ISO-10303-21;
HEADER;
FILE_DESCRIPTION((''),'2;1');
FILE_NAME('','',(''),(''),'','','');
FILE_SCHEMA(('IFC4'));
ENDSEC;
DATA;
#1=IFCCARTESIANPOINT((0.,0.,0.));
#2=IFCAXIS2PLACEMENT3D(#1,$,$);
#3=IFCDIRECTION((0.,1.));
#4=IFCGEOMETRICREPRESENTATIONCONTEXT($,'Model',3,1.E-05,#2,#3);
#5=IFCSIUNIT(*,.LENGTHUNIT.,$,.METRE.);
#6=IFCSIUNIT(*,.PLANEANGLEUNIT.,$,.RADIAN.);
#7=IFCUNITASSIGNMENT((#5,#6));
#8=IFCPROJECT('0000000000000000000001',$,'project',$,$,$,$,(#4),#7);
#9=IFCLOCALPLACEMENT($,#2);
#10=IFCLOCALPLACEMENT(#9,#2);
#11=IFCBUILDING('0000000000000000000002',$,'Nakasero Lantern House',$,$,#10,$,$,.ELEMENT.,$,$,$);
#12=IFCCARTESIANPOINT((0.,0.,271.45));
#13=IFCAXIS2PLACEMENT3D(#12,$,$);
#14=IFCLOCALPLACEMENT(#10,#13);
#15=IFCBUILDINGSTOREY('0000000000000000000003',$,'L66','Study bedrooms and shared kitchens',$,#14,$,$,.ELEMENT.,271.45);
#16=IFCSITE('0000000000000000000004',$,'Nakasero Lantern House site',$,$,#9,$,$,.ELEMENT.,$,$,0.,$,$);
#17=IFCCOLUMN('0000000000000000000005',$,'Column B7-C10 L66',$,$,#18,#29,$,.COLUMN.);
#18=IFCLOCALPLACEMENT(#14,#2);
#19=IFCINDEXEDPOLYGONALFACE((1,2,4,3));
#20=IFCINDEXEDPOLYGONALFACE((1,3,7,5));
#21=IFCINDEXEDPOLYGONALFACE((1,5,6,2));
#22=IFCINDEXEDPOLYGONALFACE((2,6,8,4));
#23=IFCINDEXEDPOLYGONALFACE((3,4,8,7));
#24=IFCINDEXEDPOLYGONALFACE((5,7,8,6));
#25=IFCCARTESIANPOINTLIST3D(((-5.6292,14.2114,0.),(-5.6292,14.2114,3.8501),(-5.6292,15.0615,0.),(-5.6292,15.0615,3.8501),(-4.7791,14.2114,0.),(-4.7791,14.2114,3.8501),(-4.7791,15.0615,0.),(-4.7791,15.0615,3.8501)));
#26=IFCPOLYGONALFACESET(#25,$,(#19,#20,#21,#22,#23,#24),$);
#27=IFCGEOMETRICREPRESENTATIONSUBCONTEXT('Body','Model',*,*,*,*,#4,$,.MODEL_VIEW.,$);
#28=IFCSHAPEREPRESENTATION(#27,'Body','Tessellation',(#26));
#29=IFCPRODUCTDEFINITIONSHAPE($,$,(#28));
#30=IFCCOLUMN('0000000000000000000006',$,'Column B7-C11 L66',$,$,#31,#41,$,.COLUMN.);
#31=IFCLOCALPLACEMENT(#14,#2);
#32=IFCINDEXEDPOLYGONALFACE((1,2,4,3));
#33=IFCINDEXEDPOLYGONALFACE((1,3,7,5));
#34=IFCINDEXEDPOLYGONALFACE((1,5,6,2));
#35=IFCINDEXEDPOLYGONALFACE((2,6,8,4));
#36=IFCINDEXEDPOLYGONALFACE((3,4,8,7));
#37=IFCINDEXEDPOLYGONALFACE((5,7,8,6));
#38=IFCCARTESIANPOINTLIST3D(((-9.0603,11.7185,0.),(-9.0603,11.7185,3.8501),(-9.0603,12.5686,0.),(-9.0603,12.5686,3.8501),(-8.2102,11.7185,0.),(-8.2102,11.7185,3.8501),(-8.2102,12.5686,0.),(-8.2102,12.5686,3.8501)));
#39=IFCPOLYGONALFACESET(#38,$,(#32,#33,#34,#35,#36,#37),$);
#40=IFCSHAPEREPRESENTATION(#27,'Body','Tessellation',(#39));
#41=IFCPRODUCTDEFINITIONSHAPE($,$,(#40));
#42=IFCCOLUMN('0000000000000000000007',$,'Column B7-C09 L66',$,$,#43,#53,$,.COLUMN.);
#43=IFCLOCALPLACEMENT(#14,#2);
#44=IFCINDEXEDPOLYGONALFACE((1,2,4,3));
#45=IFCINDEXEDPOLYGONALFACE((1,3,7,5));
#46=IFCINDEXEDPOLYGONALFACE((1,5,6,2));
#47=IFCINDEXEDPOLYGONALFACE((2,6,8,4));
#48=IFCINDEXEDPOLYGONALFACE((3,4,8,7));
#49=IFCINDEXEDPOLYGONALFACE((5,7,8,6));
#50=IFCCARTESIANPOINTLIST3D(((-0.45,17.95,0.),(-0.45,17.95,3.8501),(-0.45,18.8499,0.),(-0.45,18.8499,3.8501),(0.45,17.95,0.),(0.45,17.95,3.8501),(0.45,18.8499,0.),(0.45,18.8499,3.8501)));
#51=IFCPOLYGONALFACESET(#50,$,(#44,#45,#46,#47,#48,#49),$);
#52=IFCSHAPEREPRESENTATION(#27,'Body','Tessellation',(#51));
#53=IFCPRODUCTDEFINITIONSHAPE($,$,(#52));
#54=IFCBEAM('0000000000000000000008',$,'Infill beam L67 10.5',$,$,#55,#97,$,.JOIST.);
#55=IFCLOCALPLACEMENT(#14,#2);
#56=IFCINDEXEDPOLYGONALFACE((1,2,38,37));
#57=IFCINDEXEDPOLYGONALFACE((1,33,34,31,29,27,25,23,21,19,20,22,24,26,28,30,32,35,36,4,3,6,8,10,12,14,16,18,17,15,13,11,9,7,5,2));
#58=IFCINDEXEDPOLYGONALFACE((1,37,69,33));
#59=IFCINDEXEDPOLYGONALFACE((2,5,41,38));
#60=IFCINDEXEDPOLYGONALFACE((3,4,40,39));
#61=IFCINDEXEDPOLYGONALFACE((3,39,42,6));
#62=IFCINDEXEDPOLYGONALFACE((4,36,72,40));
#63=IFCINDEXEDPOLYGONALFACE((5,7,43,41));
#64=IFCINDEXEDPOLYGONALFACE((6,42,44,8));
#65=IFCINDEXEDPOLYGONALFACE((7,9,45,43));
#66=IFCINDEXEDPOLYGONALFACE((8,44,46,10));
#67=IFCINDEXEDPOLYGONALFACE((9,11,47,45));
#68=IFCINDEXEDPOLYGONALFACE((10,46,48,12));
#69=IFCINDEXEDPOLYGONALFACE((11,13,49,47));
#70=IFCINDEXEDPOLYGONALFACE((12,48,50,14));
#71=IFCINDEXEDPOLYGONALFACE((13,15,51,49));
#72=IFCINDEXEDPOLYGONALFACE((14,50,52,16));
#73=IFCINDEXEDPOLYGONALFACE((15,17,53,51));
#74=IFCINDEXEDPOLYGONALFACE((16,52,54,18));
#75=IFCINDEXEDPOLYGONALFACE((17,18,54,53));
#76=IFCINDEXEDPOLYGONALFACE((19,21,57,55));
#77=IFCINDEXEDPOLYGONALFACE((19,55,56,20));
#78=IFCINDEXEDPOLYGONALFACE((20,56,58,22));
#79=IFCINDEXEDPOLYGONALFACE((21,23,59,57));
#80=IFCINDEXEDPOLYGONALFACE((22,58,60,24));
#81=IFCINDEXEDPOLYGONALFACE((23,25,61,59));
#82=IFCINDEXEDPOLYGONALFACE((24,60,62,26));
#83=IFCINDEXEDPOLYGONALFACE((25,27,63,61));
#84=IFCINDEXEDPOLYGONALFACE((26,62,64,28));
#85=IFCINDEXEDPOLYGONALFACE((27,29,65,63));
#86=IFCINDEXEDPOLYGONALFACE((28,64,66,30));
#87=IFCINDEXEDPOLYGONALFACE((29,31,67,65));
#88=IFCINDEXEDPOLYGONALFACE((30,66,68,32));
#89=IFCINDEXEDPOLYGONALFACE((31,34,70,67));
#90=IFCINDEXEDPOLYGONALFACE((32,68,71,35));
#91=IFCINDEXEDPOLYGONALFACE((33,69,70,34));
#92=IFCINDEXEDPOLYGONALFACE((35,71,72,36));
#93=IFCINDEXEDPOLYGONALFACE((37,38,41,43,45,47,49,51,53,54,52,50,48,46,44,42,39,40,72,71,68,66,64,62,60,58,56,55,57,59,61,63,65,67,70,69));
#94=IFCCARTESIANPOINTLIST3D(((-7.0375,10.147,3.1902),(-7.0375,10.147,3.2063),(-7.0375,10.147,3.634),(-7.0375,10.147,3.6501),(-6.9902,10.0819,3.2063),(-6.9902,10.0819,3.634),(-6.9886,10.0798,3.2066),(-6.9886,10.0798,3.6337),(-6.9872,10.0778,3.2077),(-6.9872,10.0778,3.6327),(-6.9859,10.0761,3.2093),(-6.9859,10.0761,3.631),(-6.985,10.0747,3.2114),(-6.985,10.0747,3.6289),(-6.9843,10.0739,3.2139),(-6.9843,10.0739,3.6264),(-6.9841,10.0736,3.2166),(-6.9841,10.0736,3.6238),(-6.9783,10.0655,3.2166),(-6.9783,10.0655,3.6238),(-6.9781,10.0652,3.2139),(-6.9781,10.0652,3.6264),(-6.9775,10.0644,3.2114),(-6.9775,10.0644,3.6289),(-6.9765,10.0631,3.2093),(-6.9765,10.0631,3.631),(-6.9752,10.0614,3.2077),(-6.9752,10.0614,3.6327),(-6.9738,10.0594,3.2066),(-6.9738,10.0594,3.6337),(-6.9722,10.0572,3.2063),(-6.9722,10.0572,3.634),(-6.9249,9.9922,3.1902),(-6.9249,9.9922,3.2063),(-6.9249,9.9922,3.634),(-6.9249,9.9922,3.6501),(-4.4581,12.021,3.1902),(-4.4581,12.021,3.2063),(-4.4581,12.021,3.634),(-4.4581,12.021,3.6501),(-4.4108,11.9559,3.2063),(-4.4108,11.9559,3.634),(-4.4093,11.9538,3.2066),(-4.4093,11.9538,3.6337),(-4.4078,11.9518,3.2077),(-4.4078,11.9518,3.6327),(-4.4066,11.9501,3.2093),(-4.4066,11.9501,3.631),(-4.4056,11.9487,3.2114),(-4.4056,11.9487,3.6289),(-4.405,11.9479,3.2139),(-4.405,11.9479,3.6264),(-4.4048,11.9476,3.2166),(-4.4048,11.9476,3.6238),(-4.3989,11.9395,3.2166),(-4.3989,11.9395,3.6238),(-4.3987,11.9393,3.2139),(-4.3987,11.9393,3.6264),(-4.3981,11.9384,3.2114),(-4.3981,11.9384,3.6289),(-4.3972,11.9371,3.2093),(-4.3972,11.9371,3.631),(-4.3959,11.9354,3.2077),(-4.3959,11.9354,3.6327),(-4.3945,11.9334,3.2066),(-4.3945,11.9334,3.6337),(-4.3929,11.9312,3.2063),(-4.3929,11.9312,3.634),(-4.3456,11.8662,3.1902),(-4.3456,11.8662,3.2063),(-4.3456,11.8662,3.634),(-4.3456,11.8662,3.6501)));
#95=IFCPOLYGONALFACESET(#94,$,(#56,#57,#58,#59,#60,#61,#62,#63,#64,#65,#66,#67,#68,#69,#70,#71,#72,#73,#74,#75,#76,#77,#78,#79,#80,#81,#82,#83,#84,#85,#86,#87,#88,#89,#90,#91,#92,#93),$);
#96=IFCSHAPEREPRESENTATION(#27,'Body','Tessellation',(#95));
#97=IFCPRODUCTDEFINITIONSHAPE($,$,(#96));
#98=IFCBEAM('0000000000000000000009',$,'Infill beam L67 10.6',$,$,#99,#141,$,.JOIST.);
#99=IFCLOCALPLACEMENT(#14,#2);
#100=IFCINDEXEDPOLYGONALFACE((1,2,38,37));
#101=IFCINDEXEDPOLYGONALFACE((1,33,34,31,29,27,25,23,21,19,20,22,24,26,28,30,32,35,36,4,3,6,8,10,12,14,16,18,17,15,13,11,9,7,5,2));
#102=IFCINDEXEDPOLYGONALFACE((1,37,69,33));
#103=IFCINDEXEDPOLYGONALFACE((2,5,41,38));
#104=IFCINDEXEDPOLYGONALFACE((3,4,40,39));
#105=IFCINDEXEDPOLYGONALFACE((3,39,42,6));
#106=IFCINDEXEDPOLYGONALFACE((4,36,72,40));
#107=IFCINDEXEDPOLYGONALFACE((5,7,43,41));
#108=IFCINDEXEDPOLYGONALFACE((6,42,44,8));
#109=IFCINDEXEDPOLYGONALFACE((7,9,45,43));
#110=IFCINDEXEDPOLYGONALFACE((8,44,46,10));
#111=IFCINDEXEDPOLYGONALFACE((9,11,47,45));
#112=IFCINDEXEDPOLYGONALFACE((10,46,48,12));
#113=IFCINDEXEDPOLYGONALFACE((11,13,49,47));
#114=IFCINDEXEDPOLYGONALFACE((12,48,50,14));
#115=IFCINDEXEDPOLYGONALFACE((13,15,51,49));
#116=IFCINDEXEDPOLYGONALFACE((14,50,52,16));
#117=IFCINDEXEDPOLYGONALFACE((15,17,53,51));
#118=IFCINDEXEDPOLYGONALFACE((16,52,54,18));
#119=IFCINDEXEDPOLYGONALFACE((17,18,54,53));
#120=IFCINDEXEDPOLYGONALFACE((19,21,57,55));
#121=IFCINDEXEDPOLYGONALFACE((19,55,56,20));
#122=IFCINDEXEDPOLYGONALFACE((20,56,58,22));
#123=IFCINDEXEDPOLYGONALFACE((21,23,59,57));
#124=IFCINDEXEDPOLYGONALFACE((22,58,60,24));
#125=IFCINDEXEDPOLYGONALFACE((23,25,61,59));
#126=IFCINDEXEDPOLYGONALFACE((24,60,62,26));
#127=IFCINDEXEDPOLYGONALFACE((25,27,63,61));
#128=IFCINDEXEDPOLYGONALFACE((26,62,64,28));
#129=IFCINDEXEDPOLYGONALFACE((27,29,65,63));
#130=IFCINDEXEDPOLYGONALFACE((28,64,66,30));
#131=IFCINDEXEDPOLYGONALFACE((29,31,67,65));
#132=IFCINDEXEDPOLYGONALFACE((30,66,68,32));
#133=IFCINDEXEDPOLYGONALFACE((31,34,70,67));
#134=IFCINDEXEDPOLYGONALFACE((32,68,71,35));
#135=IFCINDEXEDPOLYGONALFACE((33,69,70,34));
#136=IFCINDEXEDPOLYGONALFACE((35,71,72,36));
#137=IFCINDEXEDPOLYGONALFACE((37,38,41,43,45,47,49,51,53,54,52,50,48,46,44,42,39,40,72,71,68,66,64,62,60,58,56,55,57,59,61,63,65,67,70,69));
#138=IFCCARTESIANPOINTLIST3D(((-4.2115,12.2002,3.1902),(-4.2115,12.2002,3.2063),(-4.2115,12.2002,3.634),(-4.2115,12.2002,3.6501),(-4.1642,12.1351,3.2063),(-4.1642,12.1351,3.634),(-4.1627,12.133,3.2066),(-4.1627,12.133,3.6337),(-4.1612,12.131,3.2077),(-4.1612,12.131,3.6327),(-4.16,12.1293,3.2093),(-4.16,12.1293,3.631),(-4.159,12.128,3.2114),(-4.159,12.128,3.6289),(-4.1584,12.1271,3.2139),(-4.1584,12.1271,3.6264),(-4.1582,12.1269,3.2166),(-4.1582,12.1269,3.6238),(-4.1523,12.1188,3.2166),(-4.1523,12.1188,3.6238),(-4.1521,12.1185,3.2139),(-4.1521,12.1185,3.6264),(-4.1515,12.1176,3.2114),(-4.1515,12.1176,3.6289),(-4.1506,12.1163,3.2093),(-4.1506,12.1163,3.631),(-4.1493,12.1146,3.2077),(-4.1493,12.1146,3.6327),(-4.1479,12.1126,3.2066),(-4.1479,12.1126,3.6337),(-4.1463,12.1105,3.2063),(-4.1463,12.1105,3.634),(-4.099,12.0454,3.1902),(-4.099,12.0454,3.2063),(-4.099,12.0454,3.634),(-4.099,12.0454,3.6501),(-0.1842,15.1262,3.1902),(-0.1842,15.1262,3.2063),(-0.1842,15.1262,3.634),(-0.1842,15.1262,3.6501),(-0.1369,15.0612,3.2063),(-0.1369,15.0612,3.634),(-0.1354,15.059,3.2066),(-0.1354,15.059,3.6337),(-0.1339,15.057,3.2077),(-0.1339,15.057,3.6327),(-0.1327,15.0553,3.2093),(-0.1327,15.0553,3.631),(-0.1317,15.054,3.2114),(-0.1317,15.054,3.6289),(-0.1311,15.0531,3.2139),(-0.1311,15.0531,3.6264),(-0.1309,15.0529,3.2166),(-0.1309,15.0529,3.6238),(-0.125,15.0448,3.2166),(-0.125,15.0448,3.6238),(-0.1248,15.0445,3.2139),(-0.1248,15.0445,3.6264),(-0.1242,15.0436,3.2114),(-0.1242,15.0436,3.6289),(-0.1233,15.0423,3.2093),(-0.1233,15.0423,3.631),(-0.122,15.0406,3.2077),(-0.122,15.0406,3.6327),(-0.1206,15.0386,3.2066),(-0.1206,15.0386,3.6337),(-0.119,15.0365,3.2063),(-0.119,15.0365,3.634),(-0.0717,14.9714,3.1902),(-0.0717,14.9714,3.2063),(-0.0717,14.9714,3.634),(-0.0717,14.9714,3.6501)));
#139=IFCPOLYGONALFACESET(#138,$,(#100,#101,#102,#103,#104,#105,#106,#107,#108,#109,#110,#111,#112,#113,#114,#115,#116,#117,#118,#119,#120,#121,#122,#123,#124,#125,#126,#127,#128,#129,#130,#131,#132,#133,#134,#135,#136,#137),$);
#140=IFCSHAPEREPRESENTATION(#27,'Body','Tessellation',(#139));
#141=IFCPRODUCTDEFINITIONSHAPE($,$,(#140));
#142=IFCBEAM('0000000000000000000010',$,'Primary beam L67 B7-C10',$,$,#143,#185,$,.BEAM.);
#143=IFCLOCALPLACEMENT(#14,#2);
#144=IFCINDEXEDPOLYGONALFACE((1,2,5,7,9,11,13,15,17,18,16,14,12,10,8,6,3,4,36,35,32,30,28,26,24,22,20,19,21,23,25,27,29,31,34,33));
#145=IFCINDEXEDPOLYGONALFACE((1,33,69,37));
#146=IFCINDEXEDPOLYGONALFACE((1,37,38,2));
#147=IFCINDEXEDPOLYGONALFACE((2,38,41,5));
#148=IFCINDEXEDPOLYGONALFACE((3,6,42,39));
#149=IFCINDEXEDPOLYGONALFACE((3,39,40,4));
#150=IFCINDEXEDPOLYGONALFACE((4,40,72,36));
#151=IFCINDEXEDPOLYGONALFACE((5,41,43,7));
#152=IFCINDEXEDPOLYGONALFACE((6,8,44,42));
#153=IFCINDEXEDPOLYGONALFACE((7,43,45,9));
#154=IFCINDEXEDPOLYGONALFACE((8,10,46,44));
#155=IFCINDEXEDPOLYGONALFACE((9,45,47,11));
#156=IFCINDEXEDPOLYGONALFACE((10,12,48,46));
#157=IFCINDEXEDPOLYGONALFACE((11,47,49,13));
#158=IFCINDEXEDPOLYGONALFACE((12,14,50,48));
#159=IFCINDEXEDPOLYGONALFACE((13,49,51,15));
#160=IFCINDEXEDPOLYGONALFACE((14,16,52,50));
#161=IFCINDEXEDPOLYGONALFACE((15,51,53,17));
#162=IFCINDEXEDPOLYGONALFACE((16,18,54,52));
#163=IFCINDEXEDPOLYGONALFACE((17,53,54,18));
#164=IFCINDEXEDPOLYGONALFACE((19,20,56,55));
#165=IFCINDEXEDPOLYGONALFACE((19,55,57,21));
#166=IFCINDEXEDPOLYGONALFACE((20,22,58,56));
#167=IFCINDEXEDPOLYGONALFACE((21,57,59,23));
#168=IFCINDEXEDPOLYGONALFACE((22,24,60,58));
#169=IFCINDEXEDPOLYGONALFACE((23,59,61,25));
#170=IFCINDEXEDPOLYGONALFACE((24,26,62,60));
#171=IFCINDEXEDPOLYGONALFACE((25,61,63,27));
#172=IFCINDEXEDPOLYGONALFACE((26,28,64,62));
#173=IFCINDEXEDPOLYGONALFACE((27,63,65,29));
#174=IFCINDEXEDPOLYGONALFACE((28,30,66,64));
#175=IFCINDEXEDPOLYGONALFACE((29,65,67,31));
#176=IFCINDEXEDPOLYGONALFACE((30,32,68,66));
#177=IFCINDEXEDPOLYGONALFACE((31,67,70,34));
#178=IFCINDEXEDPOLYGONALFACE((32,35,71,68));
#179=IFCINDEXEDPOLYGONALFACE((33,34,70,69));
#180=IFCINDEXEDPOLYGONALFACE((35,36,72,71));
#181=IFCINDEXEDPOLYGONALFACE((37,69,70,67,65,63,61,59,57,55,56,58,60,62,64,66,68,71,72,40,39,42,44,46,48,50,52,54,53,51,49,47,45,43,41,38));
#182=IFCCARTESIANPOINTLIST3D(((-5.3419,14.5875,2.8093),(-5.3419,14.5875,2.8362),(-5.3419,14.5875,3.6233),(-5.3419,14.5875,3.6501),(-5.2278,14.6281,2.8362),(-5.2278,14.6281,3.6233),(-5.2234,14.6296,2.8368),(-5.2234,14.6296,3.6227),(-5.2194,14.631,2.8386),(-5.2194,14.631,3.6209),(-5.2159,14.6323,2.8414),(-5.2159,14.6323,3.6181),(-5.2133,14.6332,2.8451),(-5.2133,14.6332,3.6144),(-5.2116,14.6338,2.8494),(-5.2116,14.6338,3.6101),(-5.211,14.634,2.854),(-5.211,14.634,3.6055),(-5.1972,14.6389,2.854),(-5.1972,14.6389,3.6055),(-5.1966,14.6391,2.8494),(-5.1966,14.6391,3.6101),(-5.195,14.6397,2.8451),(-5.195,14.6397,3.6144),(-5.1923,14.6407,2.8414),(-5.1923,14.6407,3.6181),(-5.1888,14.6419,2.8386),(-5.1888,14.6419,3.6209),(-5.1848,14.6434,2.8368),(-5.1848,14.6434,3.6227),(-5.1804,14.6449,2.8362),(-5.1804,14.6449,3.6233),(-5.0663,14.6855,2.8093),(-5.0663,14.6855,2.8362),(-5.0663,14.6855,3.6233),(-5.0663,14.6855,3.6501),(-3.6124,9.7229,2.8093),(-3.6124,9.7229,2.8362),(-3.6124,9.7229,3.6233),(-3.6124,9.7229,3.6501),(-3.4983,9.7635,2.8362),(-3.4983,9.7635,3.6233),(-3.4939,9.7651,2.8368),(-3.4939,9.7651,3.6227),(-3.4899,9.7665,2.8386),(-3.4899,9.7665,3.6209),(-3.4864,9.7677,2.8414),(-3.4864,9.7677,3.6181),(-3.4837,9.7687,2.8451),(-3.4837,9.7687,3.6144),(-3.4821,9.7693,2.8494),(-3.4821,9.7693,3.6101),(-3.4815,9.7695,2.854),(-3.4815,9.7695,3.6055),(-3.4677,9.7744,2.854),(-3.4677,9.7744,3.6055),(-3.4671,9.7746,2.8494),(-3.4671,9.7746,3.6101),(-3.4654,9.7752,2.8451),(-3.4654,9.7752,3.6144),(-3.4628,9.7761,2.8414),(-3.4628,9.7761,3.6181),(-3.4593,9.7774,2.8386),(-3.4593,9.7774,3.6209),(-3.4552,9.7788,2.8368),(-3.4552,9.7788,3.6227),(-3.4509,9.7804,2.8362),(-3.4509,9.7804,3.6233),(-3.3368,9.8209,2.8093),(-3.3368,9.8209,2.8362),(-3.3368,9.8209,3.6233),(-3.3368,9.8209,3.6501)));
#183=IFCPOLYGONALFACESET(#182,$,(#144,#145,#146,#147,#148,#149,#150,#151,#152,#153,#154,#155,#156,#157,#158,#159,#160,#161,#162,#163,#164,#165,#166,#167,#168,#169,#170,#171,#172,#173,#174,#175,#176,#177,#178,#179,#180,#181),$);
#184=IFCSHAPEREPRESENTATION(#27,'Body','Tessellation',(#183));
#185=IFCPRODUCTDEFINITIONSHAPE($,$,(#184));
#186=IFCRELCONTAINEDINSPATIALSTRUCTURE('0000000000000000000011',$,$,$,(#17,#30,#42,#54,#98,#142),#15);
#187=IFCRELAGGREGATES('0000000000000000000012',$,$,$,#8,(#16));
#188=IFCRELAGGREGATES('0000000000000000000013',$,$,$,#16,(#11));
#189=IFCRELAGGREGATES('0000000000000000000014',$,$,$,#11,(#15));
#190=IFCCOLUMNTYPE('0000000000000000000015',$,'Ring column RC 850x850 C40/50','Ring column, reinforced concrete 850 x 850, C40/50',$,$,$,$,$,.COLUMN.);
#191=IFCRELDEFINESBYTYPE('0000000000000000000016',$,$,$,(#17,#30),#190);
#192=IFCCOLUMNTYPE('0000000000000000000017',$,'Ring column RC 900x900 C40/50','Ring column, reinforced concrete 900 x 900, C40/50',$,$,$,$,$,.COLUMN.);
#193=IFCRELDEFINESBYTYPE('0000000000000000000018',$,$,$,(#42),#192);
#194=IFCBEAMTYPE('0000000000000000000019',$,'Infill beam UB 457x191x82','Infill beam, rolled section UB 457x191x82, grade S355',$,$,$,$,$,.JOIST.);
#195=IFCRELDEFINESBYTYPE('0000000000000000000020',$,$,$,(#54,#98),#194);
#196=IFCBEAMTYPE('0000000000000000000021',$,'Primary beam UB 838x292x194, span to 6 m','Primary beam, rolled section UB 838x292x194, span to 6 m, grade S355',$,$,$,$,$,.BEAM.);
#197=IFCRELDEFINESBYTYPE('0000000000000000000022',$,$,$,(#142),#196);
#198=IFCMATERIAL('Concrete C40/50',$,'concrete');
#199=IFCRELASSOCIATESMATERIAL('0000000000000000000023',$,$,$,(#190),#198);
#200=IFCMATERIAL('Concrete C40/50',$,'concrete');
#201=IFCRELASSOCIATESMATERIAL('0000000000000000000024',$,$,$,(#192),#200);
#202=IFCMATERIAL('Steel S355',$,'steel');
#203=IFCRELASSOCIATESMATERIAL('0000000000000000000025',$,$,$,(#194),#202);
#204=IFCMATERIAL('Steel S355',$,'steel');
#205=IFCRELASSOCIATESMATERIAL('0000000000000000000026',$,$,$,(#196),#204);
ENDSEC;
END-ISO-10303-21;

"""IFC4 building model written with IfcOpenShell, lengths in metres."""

from ifc_helpers import new_model, si_unit, direction, frame, origin, origin_2d, place, context, subcontext, project, spatial, rectangle, i_section, extrude, material, material_profile, profile_set, type_object, element, save


model = new_model("IFC4")

# Units and contexts
model_context = context("Model", 3, precision=1e-05, world=origin(), true_north=direction((0.0, 1.0)))
body_context = subcontext(model_context, "Body", "Model", "MODEL_VIEW")
ifc_project = project(units=[si_unit("LENGTHUNIT", "METRE"), si_unit("PLANEANGLEUNIT", "RADIAN")], contexts=[model_context])

# Site, building, storey
site_placement = place(None, origin())
site = spatial("IfcSite", under=ifc_project, at=site_placement, Name="Nakasero Lantern House site", CompositionType="ELEMENT", RefElevation=0.0)
building_placement = place(site_placement, origin())
building = spatial("IfcBuilding", under=site, at=building_placement, Name="Nakasero Lantern House", CompositionType="ELEMENT")
storey_placement = place(building_placement, frame((0.0, 0.0, 271.45)))
storey = spatial("IfcBuildingStorey", under=building, at=storey_placement, Name="L66", Description="Study bedrooms and shared kitchens", CompositionType="ELEMENT", Elevation=271.45)

# Columns
ifc_material_1 = material(Name="Concrete C40/50", Category="concrete")
ifc_material_profile_1 = material_profile(ifc_material_1, rectangle(XDim=0.8501, YDim=0.8501, at=origin_2d()), Name="RC 850x850")
ifc_profile_set_1 = profile_set([ifc_material_profile_1], Name="Concrete C40/50")
column_type_1 = type_object("IfcColumnType", Name="Ring column RC 850x850 C40/50", Description="Ring column, reinforced concrete 850 x 850, C40/50", PredefinedType="COLUMN", material=ifc_profile_set_1)
for number, where, z_axis, x_axis, name in (
    (1, (-5.2041, 14.6365, 0.0), (0.0, 0.0, 1.0), (1.0, 0.0, 0.0), "Column B7-C10 L66"),
    (2, (-8.6353, 12.1436, 0.0), (0.0, 0.0, 1.0), (1.0, 0.0, 0.0), "Column B7-C11 L66"),
):
    element("IfcColumn", number, at=place(storey_placement, frame(where, z_axis=z_axis, x_axis=x_axis)), inside=storey, type_object=column_type_1, Name=name, PredefinedType="COLUMN", context=body_context, shape_type="SweptSolid", body=[
        extrude(rectangle(XDim=0.8501, YDim=0.8501, at=origin_2d()), origin(), (0.0, 0.0, 1.0), 3.8501),
    ])
ifc_material_2 = material(Name="Concrete C40/50", Category="concrete")
ifc_material_profile_2 = material_profile(ifc_material_2, rectangle(XDim=0.8999, YDim=0.8999, at=origin_2d()), Name="RC 900x900")
ifc_profile_set_2 = profile_set([ifc_material_profile_2], Name="Concrete C40/50")
column_type_2 = type_object("IfcColumnType", Name="Ring column RC 900x900 C40/50", Description="Ring column, reinforced concrete 900 x 900, C40/50", PredefinedType="COLUMN", material=ifc_profile_set_2)
column_placement = place(storey_placement, frame((0.0, 18.3999, 0.0), z_axis=(0.0, 0.0, 1.0), x_axis=(1.0, 0.0, 0.0)))
element("IfcColumn", 3, at=column_placement, inside=storey, type_object=column_type_2, Name="Column B7-C09 L66", PredefinedType="COLUMN", context=body_context, shape_type="SweptSolid", body=[
    extrude(rectangle(XDim=0.8999, YDim=0.8999, at=origin_2d()), origin(), (0.0, 0.0, 1.0), 3.8501),
])

# Beams
ifc_material_3 = material(Name="Steel S355", Category="steel")
ifc_material_profile_3 = material_profile(ifc_material_3, i_section(OverallWidth=0.1914, OverallDepth=0.46, WebThickness=0.01, FlangeThickness=0.0161, FilletRadius=0.0103, at=origin_2d()), Name="UB 457x191x82")
ifc_profile_set_3 = profile_set([ifc_material_profile_3], Name="Steel S355")
beam_type_1 = type_object("IfcBeamType", Name="Infill beam UB 457x191x82", Description="Infill beam, rolled section UB 457x191x82, grade S355", PredefinedType="JOIST", material=ifc_profile_set_3)
beam_1_placement = place(storey_placement, frame((-6.9812, 10.0696, 3.4202), z_axis=(0.809014, 0.587789, 0.0), x_axis=(-0.587789, 0.809014, 0.0)))
element("IfcBeam", 4, at=beam_1_placement, inside=storey, type_object=beam_type_1, Name="Infill beam L67 10.5", PredefinedType="JOIST", context=body_context, shape_type="SweptSolid", body=[
    extrude(i_section(OverallWidth=0.1914, OverallDepth=0.46, WebThickness=0.01, FlangeThickness=0.0161, FilletRadius=0.0103, at=origin_2d()), origin(), (0.0, 0.0, 1.0), 3.1882),
])
beam_2_placement = place(storey_placement, frame((-4.1553, 12.1228, 3.4202), z_axis=(0.809018, 0.587784, 0.0), x_axis=(-0.587784, 0.809018, 0.0)))
element("IfcBeam", 5, at=beam_2_placement, inside=storey, type_object=beam_type_1, Name="Infill beam L67 10.6", PredefinedType="JOIST", context=body_context, shape_type="SweptSolid", body=[
    extrude(i_section(OverallWidth=0.1914, OverallDepth=0.46, WebThickness=0.01, FlangeThickness=0.0161, FilletRadius=0.0103, at=origin_2d()), origin(), (0.0, 0.0, 1.0), 4.978),
])
ifc_material_4 = material(Name="Steel S355", Category="steel")
ifc_material_profile_4 = material_profile(ifc_material_4, i_section(OverallWidth=0.2925, OverallDepth=0.8408, WebThickness=0.0146, FlangeThickness=0.0269, FilletRadius=0.0178, at=origin_2d()), Name="UB 838x292x194")
ifc_profile_set_4 = profile_set([ifc_material_profile_4], Name="Steel S355")
beam_type_2 = type_object("IfcBeamType", Name="Primary beam UB 838x292x194, span to 6 m", Description="Primary beam, rolled section UB 838x292x194, span to 6 m, grade S355", PredefinedType="BEAM", material=ifc_profile_set_4)
beam_3_placement = place(storey_placement, frame((-5.2041, 14.6365, 3.2297), z_axis=(0.334991, -0.942221, 0.0), x_axis=(0.942221, 0.334991, 0.0)))
element("IfcBeam", 6, at=beam_3_placement, inside=storey, type_object=beam_type_2, Name="Primary beam L67 B7-C10", PredefinedType="BEAM", context=body_context, shape_type="SweptSolid", body=[
    extrude(i_section(OverallWidth=0.2925, OverallDepth=0.8408, WebThickness=0.0146, FlangeThickness=0.0269, FilletRadius=0.0178, at=origin_2d()), origin(), (0.0, 0.0, 1.0), 5.1628),
])

save(model, "model.ifc")
